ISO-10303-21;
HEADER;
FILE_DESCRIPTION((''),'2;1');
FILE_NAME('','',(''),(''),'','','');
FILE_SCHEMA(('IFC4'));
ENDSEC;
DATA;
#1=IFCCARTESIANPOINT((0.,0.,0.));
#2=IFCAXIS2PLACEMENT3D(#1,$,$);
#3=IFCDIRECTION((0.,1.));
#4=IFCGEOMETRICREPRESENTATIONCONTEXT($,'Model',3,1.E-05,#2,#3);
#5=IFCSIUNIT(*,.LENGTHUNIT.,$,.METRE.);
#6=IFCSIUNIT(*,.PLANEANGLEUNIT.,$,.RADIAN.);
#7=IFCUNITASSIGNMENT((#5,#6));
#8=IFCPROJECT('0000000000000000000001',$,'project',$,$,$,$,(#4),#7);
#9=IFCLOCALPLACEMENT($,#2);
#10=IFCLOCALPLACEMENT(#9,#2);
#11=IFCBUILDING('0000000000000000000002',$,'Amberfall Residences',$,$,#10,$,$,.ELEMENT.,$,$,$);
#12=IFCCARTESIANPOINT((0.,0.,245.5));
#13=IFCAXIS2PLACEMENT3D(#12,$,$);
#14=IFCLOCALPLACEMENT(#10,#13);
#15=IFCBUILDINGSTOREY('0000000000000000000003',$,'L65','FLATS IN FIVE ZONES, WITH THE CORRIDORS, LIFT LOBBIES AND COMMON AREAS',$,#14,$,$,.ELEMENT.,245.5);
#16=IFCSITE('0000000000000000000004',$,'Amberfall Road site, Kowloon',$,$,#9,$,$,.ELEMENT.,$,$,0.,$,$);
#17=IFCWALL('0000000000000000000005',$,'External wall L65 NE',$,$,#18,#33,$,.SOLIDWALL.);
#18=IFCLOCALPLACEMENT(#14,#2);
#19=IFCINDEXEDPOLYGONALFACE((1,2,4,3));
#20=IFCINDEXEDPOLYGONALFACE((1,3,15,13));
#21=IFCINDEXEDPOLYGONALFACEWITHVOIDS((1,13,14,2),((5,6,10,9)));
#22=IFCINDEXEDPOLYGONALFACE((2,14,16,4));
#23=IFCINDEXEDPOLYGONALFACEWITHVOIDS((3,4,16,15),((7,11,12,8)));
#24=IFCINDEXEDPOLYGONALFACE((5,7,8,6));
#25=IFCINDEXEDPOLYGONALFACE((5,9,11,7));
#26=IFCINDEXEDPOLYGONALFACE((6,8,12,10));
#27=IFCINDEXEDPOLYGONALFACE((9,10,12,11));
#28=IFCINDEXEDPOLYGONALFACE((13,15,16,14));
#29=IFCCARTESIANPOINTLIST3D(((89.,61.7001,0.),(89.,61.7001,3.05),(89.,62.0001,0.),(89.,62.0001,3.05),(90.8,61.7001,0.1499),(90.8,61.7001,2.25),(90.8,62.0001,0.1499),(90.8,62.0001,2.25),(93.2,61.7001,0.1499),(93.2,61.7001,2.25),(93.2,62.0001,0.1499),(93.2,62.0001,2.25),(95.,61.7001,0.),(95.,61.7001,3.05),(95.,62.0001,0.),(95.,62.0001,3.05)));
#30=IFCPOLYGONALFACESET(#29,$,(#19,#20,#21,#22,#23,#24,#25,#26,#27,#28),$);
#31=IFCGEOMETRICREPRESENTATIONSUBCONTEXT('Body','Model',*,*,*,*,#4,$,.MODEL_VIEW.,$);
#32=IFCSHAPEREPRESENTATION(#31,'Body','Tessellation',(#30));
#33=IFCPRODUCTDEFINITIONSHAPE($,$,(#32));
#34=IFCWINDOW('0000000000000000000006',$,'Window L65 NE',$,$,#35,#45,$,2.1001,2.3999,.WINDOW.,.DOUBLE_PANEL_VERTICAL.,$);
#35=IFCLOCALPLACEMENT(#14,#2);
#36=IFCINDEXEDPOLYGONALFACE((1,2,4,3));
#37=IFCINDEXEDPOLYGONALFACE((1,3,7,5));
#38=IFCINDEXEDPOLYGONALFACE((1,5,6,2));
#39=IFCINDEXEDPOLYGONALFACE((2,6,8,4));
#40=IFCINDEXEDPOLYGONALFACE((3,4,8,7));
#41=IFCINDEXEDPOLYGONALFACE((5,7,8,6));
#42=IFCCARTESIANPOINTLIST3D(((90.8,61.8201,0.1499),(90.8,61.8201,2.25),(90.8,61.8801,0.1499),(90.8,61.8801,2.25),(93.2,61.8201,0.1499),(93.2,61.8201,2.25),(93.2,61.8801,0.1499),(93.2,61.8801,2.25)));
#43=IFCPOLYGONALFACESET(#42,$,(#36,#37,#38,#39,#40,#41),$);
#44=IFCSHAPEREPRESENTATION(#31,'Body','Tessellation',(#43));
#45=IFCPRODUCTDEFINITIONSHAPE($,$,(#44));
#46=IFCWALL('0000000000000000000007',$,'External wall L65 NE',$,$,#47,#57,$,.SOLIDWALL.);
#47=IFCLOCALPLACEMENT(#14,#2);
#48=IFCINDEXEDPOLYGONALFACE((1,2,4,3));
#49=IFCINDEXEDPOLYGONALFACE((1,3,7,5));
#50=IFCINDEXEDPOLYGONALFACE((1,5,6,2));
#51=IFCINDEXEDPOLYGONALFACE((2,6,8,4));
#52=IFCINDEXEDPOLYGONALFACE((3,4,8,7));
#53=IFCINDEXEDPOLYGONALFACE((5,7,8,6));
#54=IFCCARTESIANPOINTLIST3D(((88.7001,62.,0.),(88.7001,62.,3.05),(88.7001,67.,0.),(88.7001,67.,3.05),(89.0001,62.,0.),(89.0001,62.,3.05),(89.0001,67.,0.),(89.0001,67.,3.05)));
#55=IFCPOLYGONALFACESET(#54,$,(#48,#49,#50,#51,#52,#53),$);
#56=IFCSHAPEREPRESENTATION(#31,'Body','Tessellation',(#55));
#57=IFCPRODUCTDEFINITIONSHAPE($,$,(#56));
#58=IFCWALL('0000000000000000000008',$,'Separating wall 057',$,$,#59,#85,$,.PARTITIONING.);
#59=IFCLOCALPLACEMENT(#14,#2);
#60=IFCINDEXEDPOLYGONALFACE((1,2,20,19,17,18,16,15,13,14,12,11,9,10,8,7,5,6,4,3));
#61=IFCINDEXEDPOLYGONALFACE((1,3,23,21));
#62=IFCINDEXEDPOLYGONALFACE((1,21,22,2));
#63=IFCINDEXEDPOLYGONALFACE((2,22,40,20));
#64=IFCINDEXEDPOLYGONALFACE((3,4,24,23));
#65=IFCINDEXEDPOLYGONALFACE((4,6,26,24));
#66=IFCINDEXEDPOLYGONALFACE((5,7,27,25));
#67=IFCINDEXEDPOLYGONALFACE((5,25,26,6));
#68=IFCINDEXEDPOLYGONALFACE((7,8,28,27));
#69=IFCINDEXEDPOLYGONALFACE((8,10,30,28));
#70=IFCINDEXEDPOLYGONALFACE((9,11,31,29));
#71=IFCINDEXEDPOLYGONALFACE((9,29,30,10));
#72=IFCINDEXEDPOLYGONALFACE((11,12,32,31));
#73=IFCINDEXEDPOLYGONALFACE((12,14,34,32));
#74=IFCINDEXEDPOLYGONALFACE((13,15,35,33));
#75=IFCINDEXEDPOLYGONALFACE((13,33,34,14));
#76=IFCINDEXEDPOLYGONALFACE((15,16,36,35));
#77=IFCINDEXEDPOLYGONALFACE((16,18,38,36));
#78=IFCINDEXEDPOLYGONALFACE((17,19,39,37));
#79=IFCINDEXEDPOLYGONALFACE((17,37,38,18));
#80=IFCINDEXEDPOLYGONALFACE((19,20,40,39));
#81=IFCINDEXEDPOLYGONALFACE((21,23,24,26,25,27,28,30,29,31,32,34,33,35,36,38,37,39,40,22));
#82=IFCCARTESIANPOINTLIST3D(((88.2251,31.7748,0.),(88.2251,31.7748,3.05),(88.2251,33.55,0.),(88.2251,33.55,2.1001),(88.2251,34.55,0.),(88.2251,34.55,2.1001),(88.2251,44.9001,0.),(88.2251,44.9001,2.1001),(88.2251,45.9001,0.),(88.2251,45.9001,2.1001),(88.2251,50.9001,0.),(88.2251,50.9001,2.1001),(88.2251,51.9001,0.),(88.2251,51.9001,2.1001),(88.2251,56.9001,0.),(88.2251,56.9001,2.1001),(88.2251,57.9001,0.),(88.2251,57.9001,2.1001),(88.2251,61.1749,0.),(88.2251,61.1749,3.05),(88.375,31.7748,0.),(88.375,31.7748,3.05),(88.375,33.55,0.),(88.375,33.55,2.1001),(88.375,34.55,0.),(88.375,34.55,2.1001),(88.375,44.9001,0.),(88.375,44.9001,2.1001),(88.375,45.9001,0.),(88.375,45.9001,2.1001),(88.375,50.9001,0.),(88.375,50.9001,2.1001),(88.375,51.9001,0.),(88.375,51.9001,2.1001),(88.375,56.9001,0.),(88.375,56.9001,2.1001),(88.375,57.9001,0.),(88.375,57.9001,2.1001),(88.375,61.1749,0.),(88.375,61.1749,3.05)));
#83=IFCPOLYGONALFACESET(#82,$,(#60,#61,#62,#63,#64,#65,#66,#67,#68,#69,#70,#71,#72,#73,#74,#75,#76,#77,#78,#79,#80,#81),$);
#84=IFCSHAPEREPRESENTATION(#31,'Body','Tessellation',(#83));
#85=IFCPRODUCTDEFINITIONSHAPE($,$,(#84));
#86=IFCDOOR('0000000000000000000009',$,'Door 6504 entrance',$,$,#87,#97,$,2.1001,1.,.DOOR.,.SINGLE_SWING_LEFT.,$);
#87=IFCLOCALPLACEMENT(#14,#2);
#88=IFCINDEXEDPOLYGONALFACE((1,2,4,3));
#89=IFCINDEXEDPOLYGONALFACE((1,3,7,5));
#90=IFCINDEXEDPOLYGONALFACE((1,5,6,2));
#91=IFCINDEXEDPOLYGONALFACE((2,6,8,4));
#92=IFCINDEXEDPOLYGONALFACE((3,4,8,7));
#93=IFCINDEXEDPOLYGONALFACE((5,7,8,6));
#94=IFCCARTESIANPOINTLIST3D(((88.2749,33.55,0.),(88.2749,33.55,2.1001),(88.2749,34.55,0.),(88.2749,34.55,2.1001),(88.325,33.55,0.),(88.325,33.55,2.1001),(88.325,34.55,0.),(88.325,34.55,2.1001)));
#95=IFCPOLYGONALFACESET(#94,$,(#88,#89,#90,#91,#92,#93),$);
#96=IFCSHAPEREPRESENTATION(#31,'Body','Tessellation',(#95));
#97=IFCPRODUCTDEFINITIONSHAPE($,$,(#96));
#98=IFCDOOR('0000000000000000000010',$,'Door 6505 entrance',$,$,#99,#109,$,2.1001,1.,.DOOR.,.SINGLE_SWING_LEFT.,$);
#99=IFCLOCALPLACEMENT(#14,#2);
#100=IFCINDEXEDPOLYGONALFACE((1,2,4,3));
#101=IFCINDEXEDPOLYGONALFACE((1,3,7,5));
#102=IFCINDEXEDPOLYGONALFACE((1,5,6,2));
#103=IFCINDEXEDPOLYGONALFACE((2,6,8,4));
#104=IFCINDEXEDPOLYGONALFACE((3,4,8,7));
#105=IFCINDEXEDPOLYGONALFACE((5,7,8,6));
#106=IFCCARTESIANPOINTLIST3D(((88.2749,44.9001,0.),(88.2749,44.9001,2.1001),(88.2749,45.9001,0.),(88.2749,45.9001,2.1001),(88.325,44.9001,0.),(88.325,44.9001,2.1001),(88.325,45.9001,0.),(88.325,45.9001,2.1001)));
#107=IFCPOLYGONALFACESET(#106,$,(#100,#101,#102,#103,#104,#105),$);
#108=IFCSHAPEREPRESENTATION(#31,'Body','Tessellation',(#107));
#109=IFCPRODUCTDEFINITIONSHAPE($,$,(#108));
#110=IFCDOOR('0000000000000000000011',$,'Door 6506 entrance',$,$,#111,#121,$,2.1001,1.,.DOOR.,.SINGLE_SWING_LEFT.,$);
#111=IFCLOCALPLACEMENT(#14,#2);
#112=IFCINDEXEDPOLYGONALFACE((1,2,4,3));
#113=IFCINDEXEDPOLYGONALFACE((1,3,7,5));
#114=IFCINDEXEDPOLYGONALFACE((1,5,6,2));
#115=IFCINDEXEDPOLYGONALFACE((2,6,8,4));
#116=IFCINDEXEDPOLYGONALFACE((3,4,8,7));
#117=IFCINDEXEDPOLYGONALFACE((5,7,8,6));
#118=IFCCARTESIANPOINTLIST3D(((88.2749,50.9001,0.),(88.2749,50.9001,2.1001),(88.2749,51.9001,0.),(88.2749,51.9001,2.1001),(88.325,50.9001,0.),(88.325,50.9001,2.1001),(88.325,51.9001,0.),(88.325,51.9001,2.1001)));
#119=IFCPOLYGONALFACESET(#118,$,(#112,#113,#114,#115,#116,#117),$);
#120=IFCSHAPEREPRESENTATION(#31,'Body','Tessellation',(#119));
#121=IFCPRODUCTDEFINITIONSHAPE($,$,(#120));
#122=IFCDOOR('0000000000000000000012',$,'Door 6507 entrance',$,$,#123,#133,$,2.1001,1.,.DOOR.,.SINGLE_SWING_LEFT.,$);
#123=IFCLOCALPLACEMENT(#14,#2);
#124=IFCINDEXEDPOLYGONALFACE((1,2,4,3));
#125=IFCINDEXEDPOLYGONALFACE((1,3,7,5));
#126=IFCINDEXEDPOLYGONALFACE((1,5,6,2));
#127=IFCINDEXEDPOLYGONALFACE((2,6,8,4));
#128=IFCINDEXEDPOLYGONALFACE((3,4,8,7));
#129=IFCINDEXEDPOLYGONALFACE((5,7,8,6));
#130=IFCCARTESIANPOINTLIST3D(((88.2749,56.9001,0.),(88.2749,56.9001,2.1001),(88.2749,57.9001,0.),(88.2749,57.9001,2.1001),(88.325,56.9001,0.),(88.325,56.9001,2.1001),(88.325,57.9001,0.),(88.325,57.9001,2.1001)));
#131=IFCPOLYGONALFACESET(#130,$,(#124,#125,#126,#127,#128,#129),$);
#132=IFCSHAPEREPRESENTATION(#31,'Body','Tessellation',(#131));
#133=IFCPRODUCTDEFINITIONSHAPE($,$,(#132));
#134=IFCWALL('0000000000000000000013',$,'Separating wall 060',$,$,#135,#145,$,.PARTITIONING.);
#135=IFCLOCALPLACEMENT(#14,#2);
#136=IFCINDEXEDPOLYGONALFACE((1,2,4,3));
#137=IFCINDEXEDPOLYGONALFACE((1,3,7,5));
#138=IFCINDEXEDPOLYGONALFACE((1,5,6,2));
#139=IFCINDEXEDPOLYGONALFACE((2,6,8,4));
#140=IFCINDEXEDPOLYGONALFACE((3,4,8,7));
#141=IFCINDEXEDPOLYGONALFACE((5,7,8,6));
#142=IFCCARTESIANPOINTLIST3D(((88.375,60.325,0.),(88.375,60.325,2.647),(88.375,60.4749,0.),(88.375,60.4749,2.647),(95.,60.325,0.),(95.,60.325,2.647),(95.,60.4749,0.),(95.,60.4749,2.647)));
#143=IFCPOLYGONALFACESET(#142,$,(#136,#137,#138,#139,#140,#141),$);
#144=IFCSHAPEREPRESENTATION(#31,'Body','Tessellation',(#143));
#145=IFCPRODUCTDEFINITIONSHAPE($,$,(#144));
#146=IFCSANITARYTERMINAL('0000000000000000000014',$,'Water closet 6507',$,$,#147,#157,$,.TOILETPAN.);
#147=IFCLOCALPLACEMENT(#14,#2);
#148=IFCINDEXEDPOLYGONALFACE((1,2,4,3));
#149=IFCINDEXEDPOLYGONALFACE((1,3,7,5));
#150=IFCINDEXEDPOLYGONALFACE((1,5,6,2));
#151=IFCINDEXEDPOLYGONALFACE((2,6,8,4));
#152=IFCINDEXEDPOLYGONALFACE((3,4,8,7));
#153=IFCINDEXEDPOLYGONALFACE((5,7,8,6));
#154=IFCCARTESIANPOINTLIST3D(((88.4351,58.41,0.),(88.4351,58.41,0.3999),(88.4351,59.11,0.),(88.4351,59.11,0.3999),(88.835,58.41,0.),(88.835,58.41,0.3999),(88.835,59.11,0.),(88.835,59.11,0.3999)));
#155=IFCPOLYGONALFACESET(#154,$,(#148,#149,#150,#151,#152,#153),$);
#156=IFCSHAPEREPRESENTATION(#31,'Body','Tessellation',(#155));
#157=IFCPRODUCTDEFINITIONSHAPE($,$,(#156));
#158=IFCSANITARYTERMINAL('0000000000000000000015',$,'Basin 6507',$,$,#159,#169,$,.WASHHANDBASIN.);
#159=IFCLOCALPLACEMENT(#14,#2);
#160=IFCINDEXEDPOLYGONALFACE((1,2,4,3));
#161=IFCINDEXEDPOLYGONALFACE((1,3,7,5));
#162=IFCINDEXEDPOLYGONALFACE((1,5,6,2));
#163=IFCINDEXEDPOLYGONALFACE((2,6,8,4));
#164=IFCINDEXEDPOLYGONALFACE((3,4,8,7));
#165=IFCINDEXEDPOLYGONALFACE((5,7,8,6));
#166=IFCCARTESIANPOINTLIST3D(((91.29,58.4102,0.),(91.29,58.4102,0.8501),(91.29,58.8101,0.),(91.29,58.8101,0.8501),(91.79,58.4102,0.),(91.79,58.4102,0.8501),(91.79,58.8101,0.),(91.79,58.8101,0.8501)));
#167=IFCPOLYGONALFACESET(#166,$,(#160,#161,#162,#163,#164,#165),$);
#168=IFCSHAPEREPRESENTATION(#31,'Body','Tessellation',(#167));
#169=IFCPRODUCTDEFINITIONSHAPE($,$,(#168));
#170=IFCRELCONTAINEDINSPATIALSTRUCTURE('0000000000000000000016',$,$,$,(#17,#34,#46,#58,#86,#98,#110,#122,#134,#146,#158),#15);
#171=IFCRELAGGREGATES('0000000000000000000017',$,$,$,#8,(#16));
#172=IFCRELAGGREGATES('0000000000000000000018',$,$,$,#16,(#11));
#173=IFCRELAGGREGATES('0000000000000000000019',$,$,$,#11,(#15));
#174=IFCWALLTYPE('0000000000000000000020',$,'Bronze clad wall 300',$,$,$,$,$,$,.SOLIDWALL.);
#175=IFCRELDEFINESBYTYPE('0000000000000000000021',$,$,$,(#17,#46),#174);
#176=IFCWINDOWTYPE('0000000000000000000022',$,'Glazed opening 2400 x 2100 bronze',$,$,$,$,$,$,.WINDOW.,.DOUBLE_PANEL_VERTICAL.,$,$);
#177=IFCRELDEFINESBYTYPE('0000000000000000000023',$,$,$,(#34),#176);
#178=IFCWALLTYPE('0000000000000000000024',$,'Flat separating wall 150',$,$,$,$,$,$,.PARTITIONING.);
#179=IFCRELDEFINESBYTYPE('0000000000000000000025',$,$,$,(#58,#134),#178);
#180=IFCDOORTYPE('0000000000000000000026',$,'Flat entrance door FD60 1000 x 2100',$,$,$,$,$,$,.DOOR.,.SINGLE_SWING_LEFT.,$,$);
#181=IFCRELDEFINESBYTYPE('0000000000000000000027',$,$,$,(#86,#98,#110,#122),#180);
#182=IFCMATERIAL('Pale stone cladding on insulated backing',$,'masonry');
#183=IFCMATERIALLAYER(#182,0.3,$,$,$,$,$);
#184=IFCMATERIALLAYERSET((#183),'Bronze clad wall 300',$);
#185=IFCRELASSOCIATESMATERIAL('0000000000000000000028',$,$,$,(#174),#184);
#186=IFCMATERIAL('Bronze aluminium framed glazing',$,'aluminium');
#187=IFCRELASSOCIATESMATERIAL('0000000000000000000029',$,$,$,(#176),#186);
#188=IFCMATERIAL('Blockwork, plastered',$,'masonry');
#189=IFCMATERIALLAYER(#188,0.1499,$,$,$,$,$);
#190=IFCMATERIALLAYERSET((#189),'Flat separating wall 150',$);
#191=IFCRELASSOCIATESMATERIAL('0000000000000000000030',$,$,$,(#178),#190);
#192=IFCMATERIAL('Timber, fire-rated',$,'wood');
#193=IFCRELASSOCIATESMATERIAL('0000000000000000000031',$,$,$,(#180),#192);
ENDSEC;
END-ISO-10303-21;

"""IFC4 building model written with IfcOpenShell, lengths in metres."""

from ifc_helpers import new_model, si_unit, direction, frame, frame_2d, origin, origin_2d, place, context, subcontext, project, spatial, rectangle, extrude, material, layer, layer_set, type_object, element, fill, save


model = new_model("IFC4")

# Units and contexts
model_context = context("Model", 3, precision=1e-05, world=origin(), true_north=direction((0.0, 1.0)))
body_context = subcontext(model_context, "Body", "Model", "MODEL_VIEW")
ifc_project = project(units=[si_unit("LENGTHUNIT", "METRE"), si_unit("PLANEANGLEUNIT", "RADIAN")], contexts=[model_context])

# Site, building, storey
site_placement = place(None, origin())
site = spatial("IfcSite", under=ifc_project, at=site_placement, Name="Amberfall Road site, Kowloon", CompositionType="ELEMENT", RefElevation=0.0)
building_placement = place(site_placement, origin())
building = spatial("IfcBuilding", under=site, at=building_placement, Name="Amberfall Residences", CompositionType="ELEMENT")
storey_placement = place(building_placement, frame((0.0, 0.0, 245.5)))
storey = spatial("IfcBuildingStorey", under=building, at=storey_placement, Name="L65", Description="FLATS IN FIVE ZONES, WITH THE CORRIDORS, LIFT LOBBIES AND COMMON AREAS", CompositionType="ELEMENT", Elevation=245.5)

# Wall, opening, window
ifc_material_1 = material(Name="Pale stone cladding on insulated backing", Category="masonry")
ifc_layer_1 = layer(ifc_material_1, 0.3)
ifc_layer_set_1 = layer_set([ifc_layer_1], Name="Bronze clad wall 300")
wall_type_1 = type_object("IfcWallType", Name="Bronze clad wall 300", PredefinedType="SOLIDWALL", material=ifc_layer_set_1)
wall_1_placement = place(storey_placement, frame((95.0, 61.8501, 0.0), z_axis=(0.0, 0.0, 1.0), x_axis=(-1.0, 0.0, 0.0)))
wall_1 = element("IfcWall", 1, at=wall_1_placement, inside=storey, type_object=wall_type_1, Name="External wall L65 NE", PredefinedType="SOLIDWALL", context=body_context, shape_type="SweptSolid", body=[
    extrude(rectangle(XDim=6.0, YDim=0.3, at=frame_2d((3.0, 0.0))), origin(), (0.0, 0.0, 1.0), 3.05),
])
opening_1_placement = place(wall_1_placement, frame((1.8, 0.0, 0.1499)))
opening_1 = element("IfcOpeningElement", 2, at=opening_1_placement, cuts=wall_1, PredefinedType="OPENING", context=body_context, shape_type="SweptSolid", body=[
    extrude(rectangle(XDim=2.3999, YDim=2.1001, at=frame_2d((1.2, 1.05))), frame((0.0, 0.1599, 0.0), z_axis=(0.0, -1.0, 0.0), x_axis=(1.0, 0.0, 0.0)), (0.0, 0.0, 1.0), 0.3201),
])
ifc_material_2 = material(Name="Bronze aluminium framed glazing", Category="aluminium")
window_type = type_object("IfcWindowType", Name="Glazed opening 2400 x 2100 bronze", PartitioningType="DOUBLE_PANEL_VERTICAL", PredefinedType="WINDOW", material=ifc_material_2)
window_placement = place(opening_1_placement, origin())
window = element("IfcWindow", 3, at=window_placement, inside=storey, type_object=window_type, Name="Window L65 NE", OverallHeight=2.1001, OverallWidth=2.3999, PartitioningType="DOUBLE_PANEL_VERTICAL", PredefinedType="WINDOW", context=body_context, shape_type="SweptSolid", body=[
    extrude(rectangle(XDim=2.3999, YDim=2.1001, at=frame_2d((1.2, 1.05))), frame((0.0, 0.03, 0.0), z_axis=(0.0, -1.0, 0.0), x_axis=(1.0, 0.0, 0.0)), (0.0, 0.0, 1.0), 0.0601),
])
fill(opening_1, window)

# Wall
wall_2_placement = place(storey_placement, frame((88.8501, 62.0, 0.0), z_axis=(0.0, 0.0, 1.0), x_axis=(0.0, 1.0, 0.0)))
element("IfcWall", 4, at=wall_2_placement, inside=storey, type_object=wall_type_1, Name="External wall L65 NE", PredefinedType="SOLIDWALL", context=body_context, shape_type="SweptSolid", body=[
    extrude(rectangle(XDim=5.0, YDim=0.3, at=frame_2d((2.5, 0.0))), origin(), (0.0, 0.0, 1.0), 3.05),
])

# Wall, openings, doors
ifc_material_3 = material(Name="Blockwork, plastered", Category="masonry")
ifc_layer_2 = layer(ifc_material_3, 0.1499)
ifc_layer_set_2 = layer_set([ifc_layer_2], Name="Flat separating wall 150")
wall_type_2 = type_object("IfcWallType", Name="Flat separating wall 150", PredefinedType="PARTITIONING", material=ifc_layer_set_2)
wall_3_placement = place(storey_placement, frame((88.3, 61.175, 0.0), z_axis=(0.0, 0.0, 1.0), x_axis=(0.0, -1.0, 0.0)))
wall_3 = element("IfcWall", 5, at=wall_3_placement, inside=storey, type_object=wall_type_2, Name="Separating wall 057", PredefinedType="PARTITIONING", context=body_context, shape_type="SweptSolid", body=[
    extrude(rectangle(XDim=29.4001, YDim=0.1499, at=frame_2d((14.7002, 0.0))), origin(), (0.0, 0.0, 1.0), 3.05),
])
opening_2_placement = place(wall_3_placement, frame((26.625, 0.0, 0.0)))
opening_2 = element("IfcOpeningElement", 6, at=opening_2_placement, cuts=wall_3, PredefinedType="OPENING", context=body_context, shape_type="SweptSolid", body=[
    extrude(rectangle(XDim=1.0, YDim=2.1001, at=frame_2d((0.5, 1.05))), frame((0.0, 0.085, 0.0), z_axis=(0.0, -1.0, 0.0), x_axis=(1.0, 0.0, 0.0)), (0.0, 0.0, 1.0), 0.1699),
])
opening_3_placement = place(wall_3_placement, frame((15.2749, 0.0, 0.0)))
opening_3 = element("IfcOpeningElement", 7, at=opening_3_placement, cuts=wall_3, PredefinedType="OPENING", context=body_context, shape_type="SweptSolid", body=[
    extrude(rectangle(XDim=1.0, YDim=2.1001, at=frame_2d((0.5, 1.05))), frame((0.0, 0.085, 0.0), z_axis=(0.0, -1.0, 0.0), x_axis=(1.0, 0.0, 0.0)), (0.0, 0.0, 1.0), 0.1699),
])
opening_4_placement = place(wall_3_placement, frame((9.2749, 0.0, 0.0)))
opening_4 = element("IfcOpeningElement", 8, at=opening_4_placement, cuts=wall_3, PredefinedType="OPENING", context=body_context, shape_type="SweptSolid", body=[
    extrude(rectangle(XDim=1.0, YDim=2.1001, at=frame_2d((0.5, 1.05))), frame((0.0, 0.085, 0.0), z_axis=(0.0, -1.0, 0.0), x_axis=(1.0, 0.0, 0.0)), (0.0, 0.0, 1.0), 0.1699),
])
opening_5_placement = place(wall_3_placement, frame((3.2749, 0.0, 0.0)))
opening_5 = element("IfcOpeningElement", 9, at=opening_5_placement, cuts=wall_3, PredefinedType="OPENING", context=body_context, shape_type="SweptSolid", body=[
    extrude(rectangle(XDim=1.0, YDim=2.1001, at=frame_2d((0.5, 1.05))), frame((0.0, 0.085, 0.0), z_axis=(0.0, -1.0, 0.0), x_axis=(1.0, 0.0, 0.0)), (0.0, 0.0, 1.0), 0.1699),
])
ifc_material_4 = material(Name="Timber, fire-rated", Category="wood")
door_type = type_object("IfcDoorType", Name="Flat entrance door FD60 1000 x 2100", OperationType="SINGLE_SWING_LEFT", PredefinedType="DOOR", material=ifc_material_4)
door_1_placement = place(opening_2_placement, origin())
door_1 = element("IfcDoor", 10, at=door_1_placement, inside=storey, type_object=door_type, Name="Door 6504 entrance", OperationType="SINGLE_SWING_LEFT", OverallHeight=2.1001, OverallWidth=1.0, PredefinedType="DOOR", context=body_context, shape_type="SweptSolid", body=[
    extrude(rectangle(XDim=1.0, YDim=2.1001, at=frame_2d((0.5, 1.05))), frame((0.0, 0.0249, 0.0), z_axis=(0.0, -1.0, 0.0), x_axis=(1.0, 0.0, 0.0)), (0.0, 0.0, 1.0), 0.05),
])
fill(opening_2, door_1)
door_2_placement = place(opening_3_placement, origin())
door_2 = element("IfcDoor", 11, at=door_2_placement, inside=storey, type_object=door_type, Name="Door 6505 entrance", OperationType="SINGLE_SWING_LEFT", OverallHeight=2.1001, OverallWidth=1.0, PredefinedType="DOOR", context=body_context, shape_type="SweptSolid", body=[
    extrude(rectangle(XDim=1.0, YDim=2.1001, at=frame_2d((0.5, 1.05))), frame((0.0, 0.0249, 0.0), z_axis=(0.0, -1.0, 0.0), x_axis=(1.0, 0.0, 0.0)), (0.0, 0.0, 1.0), 0.05),
])
fill(opening_3, door_2)
door_3_placement = place(opening_4_placement, origin())
door_3 = element("IfcDoor", 12, at=door_3_placement, inside=storey, type_object=door_type, Name="Door 6506 entrance", OperationType="SINGLE_SWING_LEFT", OverallHeight=2.1001, OverallWidth=1.0, PredefinedType="DOOR", context=body_context, shape_type="SweptSolid", body=[
    extrude(rectangle(XDim=1.0, YDim=2.1001, at=frame_2d((0.5, 1.05))), frame((0.0, 0.0249, 0.0), z_axis=(0.0, -1.0, 0.0), x_axis=(1.0, 0.0, 0.0)), (0.0, 0.0, 1.0), 0.05),
])
fill(opening_4, door_3)
door_4_placement = place(opening_5_placement, origin())
door_4 = element("IfcDoor", 13, at=door_4_placement, inside=storey, type_object=door_type, Name="Door 6507 entrance", OperationType="SINGLE_SWING_LEFT", OverallHeight=2.1001, OverallWidth=1.0, PredefinedType="DOOR", context=body_context, shape_type="SweptSolid", body=[
    extrude(rectangle(XDim=1.0, YDim=2.1001, at=frame_2d((0.5, 1.05))), frame((0.0, 0.0249, 0.0), z_axis=(0.0, -1.0, 0.0), x_axis=(1.0, 0.0, 0.0)), (0.0, 0.0, 1.0), 0.05),
])
fill(opening_5, door_4)

# Wall
wall_4_placement = place(storey_placement, frame((88.375, 60.3999, 0.0), z_axis=(0.0, 0.0, 1.0), x_axis=(1.0, 0.0, 0.0)))
element("IfcWall", 14, at=wall_4_placement, inside=storey, type_object=wall_type_2, Name="Separating wall 060", PredefinedType="PARTITIONING", context=body_context, shape_type="SweptSolid", body=[
    extrude(rectangle(XDim=6.625, YDim=0.1499, at=frame_2d((3.3125, 0.0))), origin(), (0.0, 0.0, 1.0), 2.647),
])

# Sanitary terminals
sanitary_terminal_1_placement = place(storey_placement, frame((88.635, 58.76, 0.0), z_axis=(0.0, 0.0, 1.0), x_axis=(1.0, 0.0, 0.0)))
element("IfcSanitaryTerminal", 15, at=sanitary_terminal_1_placement, inside=storey, Name="Water closet 6507", PredefinedType="TOILETPAN", context=body_context, shape_type="SweptSolid", body=[
    extrude(rectangle(XDim=0.3999, YDim=0.7, at=origin_2d()), origin(), (0.0, 0.0, 1.0), 0.3999),
])
sanitary_terminal_2_placement = place(storey_placement, frame((91.54, 58.6101, 0.0), z_axis=(0.0, 0.0, 1.0), x_axis=(1.0, 0.0, 0.0)))
element("IfcSanitaryTerminal", 16, at=sanitary_terminal_2_placement, inside=storey, Name="Basin 6507", PredefinedType="WASHHANDBASIN", context=body_context, shape_type="SweptSolid", body=[
    extrude(rectangle(XDim=0.5, YDim=0.3999, at=origin_2d()), origin(), (0.0, 0.0, 1.0), 0.8501),
])

save(model, "model.ifc")
